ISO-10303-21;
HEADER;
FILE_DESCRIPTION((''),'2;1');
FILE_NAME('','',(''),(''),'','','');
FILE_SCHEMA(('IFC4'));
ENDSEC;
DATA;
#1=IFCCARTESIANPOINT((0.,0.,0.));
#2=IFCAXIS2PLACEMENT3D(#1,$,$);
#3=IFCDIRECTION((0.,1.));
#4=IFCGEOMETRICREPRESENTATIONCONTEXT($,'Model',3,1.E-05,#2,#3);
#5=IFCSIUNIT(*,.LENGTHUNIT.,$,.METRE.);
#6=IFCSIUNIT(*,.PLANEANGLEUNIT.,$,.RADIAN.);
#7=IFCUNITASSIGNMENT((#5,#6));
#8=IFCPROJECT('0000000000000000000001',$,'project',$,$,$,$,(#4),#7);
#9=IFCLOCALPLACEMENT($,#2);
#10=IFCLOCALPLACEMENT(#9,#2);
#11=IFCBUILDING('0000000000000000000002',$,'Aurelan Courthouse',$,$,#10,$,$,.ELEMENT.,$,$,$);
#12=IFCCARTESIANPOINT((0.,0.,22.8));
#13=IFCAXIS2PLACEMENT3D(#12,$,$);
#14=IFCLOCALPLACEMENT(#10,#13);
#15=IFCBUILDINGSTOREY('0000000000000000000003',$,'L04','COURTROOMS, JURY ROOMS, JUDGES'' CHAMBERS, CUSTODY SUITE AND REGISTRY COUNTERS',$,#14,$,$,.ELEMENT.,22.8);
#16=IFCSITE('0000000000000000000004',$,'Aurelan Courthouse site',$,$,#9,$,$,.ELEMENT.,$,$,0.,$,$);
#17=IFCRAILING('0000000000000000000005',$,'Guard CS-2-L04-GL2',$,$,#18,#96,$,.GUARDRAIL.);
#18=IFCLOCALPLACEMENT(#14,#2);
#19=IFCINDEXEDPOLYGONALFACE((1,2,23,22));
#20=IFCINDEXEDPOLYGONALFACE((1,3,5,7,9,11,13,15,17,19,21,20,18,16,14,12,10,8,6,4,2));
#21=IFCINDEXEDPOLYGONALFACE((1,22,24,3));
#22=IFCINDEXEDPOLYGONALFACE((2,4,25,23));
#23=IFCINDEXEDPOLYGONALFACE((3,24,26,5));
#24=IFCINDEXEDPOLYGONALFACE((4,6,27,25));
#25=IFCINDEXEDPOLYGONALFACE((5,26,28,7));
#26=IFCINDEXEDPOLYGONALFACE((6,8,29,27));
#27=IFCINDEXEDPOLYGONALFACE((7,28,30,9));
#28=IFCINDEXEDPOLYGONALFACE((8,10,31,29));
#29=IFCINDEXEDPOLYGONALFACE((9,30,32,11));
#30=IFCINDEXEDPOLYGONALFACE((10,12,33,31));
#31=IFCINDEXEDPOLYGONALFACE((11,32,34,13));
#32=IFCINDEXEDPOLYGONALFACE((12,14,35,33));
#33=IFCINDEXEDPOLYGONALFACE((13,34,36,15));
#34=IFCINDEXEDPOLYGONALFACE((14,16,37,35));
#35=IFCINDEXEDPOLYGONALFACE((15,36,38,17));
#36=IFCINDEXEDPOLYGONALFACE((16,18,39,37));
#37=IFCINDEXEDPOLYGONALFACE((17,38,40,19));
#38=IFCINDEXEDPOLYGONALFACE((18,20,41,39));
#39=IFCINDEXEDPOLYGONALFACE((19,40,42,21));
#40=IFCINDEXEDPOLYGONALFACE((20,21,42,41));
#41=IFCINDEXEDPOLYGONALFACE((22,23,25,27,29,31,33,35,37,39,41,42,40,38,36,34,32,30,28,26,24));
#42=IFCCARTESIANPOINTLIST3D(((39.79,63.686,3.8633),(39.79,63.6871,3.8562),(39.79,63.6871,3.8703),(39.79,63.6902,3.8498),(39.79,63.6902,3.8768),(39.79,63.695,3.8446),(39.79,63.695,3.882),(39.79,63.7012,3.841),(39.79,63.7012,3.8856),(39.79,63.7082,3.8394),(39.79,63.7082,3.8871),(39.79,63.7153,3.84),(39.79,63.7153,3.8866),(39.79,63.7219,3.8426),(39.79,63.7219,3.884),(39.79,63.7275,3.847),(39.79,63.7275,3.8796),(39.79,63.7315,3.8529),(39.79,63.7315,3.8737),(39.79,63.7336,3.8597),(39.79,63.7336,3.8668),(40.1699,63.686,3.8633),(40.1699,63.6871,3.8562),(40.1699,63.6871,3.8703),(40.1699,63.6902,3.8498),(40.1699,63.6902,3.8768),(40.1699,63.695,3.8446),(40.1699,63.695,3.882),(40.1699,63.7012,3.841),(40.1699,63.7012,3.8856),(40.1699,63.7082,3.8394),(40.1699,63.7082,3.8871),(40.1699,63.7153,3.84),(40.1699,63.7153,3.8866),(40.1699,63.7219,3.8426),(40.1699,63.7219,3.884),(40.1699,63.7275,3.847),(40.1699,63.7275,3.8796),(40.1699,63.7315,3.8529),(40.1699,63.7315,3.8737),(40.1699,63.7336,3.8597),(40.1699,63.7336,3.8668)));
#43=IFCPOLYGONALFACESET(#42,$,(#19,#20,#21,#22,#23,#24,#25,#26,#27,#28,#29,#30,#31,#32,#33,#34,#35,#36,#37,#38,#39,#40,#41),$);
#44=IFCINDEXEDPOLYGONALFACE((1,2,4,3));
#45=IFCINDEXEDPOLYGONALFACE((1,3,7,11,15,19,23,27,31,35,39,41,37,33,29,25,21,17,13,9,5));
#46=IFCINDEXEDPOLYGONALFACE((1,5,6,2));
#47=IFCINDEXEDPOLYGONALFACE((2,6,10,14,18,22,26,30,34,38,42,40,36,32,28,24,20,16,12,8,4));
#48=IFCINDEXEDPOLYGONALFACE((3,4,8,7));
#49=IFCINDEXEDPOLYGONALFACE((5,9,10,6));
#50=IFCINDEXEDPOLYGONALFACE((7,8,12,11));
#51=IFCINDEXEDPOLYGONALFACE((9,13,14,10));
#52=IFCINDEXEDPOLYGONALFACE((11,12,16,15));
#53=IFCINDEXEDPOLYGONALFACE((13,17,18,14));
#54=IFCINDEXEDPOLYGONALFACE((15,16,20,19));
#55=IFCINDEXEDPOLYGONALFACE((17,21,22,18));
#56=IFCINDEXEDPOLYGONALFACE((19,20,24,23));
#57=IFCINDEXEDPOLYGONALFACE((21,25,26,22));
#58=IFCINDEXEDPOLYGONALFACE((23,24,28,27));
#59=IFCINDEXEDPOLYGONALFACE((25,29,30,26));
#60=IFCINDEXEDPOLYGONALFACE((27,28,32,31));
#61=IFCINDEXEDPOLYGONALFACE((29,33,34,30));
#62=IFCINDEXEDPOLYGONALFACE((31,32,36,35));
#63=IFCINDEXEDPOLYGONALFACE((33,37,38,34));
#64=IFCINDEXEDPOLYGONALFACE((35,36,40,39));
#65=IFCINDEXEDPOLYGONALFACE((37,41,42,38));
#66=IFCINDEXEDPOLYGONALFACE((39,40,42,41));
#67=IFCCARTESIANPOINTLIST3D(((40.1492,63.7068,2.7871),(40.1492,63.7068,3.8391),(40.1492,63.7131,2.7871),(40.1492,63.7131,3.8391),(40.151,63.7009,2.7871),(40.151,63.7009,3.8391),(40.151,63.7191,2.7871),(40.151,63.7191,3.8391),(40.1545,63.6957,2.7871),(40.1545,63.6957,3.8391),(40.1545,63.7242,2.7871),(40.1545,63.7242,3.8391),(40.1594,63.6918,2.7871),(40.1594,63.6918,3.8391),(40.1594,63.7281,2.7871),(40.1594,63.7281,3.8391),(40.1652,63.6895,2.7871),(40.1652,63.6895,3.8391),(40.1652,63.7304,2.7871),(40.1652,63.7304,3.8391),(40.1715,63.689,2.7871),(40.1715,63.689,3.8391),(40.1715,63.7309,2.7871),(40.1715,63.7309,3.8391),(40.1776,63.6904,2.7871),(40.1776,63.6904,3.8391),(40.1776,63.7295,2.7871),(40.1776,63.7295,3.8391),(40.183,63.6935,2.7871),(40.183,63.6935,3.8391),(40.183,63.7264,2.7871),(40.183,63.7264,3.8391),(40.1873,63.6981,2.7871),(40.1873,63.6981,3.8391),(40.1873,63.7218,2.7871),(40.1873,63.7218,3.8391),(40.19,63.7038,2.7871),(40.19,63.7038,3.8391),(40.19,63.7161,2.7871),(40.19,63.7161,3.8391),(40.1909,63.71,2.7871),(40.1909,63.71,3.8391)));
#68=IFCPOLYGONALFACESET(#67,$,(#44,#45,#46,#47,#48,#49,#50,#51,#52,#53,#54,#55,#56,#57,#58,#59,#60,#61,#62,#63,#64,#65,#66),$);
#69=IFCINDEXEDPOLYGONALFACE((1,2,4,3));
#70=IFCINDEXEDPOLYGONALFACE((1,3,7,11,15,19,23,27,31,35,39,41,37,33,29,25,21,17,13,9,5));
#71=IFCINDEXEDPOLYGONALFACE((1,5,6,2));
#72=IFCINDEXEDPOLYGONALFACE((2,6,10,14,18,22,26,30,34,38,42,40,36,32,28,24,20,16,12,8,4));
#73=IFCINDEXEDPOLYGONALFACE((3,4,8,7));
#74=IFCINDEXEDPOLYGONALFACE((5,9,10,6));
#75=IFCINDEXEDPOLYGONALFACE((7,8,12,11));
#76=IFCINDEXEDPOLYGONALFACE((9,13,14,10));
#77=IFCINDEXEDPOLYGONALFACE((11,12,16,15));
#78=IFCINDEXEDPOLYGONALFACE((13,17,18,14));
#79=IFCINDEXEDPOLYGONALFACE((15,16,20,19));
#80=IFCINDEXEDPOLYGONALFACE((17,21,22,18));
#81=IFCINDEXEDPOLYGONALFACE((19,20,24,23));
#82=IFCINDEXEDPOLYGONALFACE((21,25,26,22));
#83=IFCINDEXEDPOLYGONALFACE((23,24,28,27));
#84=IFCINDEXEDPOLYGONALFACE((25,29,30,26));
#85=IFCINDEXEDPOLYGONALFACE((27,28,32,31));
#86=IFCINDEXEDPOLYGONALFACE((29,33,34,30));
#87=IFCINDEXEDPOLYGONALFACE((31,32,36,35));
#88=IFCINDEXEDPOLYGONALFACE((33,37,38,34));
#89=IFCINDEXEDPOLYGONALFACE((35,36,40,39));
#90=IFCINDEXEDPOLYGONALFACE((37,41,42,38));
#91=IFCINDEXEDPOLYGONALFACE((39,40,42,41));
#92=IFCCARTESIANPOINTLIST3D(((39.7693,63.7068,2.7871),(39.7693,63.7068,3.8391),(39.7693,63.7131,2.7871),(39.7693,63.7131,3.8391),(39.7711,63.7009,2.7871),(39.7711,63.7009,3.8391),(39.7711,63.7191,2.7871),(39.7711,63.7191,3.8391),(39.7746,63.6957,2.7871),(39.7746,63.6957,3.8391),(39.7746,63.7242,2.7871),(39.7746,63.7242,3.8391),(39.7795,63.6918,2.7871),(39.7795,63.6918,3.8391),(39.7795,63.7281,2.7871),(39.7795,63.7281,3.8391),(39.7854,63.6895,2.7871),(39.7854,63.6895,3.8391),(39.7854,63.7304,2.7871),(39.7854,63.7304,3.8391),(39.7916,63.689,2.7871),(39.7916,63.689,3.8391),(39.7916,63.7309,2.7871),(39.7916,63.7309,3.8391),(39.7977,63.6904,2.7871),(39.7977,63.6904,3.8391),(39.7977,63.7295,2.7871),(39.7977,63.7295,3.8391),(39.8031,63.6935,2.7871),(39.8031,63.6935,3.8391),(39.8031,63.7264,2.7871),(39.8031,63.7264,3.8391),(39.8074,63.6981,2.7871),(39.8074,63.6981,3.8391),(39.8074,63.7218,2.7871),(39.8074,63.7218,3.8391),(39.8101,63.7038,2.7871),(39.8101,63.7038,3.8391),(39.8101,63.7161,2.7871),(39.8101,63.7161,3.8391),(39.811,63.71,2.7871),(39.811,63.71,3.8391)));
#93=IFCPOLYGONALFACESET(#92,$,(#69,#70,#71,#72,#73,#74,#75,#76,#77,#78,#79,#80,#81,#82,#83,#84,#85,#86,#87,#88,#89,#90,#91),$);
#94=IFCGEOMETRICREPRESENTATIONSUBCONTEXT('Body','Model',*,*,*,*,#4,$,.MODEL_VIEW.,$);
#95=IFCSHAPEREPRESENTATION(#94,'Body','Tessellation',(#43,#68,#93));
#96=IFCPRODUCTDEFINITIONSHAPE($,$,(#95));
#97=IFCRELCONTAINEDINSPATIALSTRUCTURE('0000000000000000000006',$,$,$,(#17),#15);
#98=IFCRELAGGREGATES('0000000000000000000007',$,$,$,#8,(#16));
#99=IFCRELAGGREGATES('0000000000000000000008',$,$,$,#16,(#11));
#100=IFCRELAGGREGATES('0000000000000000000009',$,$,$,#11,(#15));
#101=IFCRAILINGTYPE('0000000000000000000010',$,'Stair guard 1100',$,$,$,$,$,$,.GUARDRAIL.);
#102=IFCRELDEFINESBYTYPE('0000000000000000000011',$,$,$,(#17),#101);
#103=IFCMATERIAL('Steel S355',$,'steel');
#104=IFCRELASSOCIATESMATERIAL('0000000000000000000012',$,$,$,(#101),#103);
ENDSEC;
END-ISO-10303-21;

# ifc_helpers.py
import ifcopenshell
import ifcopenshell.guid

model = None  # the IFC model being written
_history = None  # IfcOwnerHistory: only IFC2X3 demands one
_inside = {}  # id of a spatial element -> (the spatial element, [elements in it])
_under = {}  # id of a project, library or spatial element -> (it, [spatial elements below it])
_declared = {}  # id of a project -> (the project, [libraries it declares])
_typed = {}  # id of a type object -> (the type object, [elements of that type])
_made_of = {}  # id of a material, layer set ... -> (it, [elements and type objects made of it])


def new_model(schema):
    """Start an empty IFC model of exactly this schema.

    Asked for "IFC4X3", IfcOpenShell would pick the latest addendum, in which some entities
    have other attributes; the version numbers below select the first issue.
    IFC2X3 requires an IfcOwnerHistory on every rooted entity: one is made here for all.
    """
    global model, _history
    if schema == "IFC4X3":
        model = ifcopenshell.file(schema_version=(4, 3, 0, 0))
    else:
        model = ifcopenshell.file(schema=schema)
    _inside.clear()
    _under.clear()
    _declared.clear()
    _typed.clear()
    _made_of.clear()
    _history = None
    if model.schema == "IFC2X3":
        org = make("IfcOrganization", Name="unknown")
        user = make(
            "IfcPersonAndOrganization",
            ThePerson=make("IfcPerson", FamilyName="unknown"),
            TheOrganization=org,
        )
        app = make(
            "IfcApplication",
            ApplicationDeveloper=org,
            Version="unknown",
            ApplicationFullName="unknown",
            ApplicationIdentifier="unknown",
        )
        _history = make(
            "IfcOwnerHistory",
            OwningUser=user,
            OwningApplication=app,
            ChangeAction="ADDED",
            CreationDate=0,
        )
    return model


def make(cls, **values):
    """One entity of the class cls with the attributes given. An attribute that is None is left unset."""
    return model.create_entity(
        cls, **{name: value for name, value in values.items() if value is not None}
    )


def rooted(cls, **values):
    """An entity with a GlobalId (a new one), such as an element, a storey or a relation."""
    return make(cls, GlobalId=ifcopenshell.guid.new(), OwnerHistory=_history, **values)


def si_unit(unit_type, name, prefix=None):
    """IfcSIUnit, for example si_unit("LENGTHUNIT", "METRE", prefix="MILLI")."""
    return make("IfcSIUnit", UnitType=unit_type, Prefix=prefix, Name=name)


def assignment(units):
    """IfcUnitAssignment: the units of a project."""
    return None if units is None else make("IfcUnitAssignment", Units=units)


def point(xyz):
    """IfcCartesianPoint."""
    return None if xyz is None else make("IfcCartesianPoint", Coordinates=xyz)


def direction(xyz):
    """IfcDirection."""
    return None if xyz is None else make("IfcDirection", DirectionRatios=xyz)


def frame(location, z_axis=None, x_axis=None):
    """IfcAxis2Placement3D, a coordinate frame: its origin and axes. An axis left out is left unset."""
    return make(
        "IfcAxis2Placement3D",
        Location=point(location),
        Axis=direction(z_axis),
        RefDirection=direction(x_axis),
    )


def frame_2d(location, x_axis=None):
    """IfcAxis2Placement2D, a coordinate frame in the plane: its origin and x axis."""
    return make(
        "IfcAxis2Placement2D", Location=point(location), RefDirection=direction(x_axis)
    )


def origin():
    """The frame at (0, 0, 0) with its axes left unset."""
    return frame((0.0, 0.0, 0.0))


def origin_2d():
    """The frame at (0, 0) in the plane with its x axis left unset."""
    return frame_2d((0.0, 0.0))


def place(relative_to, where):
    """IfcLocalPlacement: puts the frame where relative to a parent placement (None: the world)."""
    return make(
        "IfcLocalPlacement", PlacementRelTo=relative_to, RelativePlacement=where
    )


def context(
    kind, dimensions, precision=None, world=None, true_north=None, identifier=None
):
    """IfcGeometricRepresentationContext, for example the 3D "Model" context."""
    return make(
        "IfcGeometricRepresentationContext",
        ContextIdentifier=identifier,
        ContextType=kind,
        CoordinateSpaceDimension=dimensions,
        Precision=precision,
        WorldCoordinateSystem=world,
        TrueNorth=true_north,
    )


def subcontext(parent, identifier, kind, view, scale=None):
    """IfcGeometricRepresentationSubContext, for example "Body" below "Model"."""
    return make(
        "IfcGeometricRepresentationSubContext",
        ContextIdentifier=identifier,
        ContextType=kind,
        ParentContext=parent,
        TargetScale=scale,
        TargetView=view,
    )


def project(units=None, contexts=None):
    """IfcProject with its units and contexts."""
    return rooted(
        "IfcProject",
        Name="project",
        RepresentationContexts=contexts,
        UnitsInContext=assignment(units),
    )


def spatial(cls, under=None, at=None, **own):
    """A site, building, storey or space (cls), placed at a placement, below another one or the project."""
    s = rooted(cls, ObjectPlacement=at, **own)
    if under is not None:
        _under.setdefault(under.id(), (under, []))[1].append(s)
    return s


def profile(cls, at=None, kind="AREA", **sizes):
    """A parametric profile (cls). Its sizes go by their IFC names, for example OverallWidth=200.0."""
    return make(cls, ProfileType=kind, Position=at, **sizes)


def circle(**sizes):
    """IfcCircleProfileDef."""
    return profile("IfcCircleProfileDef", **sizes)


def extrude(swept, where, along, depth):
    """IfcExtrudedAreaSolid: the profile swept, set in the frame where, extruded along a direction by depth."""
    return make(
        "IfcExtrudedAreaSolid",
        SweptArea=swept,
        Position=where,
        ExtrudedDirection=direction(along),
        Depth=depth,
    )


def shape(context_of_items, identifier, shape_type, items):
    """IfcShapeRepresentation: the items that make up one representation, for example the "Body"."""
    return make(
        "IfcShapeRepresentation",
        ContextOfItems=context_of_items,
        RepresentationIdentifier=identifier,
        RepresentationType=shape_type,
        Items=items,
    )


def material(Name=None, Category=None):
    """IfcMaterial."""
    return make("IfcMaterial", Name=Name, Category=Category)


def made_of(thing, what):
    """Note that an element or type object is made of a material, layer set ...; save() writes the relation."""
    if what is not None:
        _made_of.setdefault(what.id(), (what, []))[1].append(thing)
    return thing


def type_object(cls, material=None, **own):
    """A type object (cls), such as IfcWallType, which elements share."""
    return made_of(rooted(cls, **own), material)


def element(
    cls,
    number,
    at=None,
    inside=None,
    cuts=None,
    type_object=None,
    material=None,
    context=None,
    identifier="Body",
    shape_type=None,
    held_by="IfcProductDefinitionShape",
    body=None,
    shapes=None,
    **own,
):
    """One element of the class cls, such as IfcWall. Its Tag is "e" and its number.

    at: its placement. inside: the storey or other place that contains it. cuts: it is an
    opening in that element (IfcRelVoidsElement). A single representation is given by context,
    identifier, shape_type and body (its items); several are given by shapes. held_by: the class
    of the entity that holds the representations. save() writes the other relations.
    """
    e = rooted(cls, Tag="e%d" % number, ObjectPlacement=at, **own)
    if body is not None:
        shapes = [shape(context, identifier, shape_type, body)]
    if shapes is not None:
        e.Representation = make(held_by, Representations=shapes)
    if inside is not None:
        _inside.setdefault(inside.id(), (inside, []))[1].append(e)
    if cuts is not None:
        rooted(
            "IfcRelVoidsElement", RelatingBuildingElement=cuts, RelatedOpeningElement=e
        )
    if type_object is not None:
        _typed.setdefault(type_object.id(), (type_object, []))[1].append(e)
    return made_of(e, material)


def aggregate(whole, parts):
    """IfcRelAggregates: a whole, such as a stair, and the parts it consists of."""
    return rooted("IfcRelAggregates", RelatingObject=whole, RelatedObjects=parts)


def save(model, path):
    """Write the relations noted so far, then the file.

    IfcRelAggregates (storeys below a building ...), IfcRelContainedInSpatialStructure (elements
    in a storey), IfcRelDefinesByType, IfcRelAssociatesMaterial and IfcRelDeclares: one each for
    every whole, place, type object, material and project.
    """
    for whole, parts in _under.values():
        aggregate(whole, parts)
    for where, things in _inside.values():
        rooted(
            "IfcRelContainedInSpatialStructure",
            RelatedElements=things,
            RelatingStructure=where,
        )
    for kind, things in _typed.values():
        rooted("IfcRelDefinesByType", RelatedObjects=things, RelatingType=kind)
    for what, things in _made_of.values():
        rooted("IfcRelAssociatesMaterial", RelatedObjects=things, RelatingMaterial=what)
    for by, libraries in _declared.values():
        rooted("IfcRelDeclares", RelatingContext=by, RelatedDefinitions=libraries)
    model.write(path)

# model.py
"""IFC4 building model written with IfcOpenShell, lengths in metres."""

from ifc_helpers import new_model, si_unit, direction, frame, origin, origin_2d, place, context, subcontext, project, spatial, circle, extrude, material, type_object, element, save


model = new_model("IFC4")

# Units and contexts
model_context = context("Model", 3, precision=1e-05, world=origin(), true_north=direction((0.0, 1.0)))
body_context = subcontext(model_context, "Body", "Model", "MODEL_VIEW")
ifc_project = project(units=[si_unit("LENGTHUNIT", "METRE"), si_unit("PLANEANGLEUNIT", "RADIAN")], contexts=[model_context])

# Site, building, storey
site_placement = place(None, origin())
site = spatial("IfcSite", under=ifc_project, at=site_placement, Name="Aurelan Courthouse site", CompositionType="ELEMENT", RefElevation=0.0)
building_placement = place(site_placement, origin())
building = spatial("IfcBuilding", under=site, at=building_placement, Name="Aurelan Courthouse", CompositionType="ELEMENT")
storey_placement = place(building_placement, frame((0.0, 0.0, 22.8)))
storey = spatial("IfcBuildingStorey", under=building, at=storey_placement, Name="L04", Description="COURTROOMS, JURY ROOMS, JUDGES' CHAMBERS, CUSTODY SUITE AND REGISTRY COUNTERS", CompositionType="ELEMENT", Elevation=22.8)

# Railing
ifc_material_1 = material(Name="Steel S355", Category="steel")
railing_type_1 = type_object("IfcRailingType", Name="Stair guard 1100", PredefinedType="GUARDRAIL", material=ifc_material_1)
railing_1_placement = place(storey_placement, frame((40.1699, 63.71, 2.7871)))
element("IfcRailing", 1, at=railing_1_placement, inside=storey, type_object=railing_type_1, Name="Guard CS-2-L04-GL2", PredefinedType="GUARDRAIL", context=body_context, shape_type="SweptSolid", body=[
    extrude(circle(Radius=0.0239, at=origin_2d()), frame((0.0, 0.0, 1.0762), z_axis=(-1.0, 0.0, 0.0), x_axis=(0.0, -1.0, 0.0)), (0.0, 0.0, 1.0), 0.3799),
    extrude(circle(Radius=0.021, at=origin_2d()), origin(), (0.0, 0.0, 1.0), 1.052),
    extrude(circle(Radius=0.021, at=origin_2d()), frame((-0.3799, 0.0, 0.0)), (0.0, 0.0, 1.0), 1.052),
])

save(model, "model.ifc")
